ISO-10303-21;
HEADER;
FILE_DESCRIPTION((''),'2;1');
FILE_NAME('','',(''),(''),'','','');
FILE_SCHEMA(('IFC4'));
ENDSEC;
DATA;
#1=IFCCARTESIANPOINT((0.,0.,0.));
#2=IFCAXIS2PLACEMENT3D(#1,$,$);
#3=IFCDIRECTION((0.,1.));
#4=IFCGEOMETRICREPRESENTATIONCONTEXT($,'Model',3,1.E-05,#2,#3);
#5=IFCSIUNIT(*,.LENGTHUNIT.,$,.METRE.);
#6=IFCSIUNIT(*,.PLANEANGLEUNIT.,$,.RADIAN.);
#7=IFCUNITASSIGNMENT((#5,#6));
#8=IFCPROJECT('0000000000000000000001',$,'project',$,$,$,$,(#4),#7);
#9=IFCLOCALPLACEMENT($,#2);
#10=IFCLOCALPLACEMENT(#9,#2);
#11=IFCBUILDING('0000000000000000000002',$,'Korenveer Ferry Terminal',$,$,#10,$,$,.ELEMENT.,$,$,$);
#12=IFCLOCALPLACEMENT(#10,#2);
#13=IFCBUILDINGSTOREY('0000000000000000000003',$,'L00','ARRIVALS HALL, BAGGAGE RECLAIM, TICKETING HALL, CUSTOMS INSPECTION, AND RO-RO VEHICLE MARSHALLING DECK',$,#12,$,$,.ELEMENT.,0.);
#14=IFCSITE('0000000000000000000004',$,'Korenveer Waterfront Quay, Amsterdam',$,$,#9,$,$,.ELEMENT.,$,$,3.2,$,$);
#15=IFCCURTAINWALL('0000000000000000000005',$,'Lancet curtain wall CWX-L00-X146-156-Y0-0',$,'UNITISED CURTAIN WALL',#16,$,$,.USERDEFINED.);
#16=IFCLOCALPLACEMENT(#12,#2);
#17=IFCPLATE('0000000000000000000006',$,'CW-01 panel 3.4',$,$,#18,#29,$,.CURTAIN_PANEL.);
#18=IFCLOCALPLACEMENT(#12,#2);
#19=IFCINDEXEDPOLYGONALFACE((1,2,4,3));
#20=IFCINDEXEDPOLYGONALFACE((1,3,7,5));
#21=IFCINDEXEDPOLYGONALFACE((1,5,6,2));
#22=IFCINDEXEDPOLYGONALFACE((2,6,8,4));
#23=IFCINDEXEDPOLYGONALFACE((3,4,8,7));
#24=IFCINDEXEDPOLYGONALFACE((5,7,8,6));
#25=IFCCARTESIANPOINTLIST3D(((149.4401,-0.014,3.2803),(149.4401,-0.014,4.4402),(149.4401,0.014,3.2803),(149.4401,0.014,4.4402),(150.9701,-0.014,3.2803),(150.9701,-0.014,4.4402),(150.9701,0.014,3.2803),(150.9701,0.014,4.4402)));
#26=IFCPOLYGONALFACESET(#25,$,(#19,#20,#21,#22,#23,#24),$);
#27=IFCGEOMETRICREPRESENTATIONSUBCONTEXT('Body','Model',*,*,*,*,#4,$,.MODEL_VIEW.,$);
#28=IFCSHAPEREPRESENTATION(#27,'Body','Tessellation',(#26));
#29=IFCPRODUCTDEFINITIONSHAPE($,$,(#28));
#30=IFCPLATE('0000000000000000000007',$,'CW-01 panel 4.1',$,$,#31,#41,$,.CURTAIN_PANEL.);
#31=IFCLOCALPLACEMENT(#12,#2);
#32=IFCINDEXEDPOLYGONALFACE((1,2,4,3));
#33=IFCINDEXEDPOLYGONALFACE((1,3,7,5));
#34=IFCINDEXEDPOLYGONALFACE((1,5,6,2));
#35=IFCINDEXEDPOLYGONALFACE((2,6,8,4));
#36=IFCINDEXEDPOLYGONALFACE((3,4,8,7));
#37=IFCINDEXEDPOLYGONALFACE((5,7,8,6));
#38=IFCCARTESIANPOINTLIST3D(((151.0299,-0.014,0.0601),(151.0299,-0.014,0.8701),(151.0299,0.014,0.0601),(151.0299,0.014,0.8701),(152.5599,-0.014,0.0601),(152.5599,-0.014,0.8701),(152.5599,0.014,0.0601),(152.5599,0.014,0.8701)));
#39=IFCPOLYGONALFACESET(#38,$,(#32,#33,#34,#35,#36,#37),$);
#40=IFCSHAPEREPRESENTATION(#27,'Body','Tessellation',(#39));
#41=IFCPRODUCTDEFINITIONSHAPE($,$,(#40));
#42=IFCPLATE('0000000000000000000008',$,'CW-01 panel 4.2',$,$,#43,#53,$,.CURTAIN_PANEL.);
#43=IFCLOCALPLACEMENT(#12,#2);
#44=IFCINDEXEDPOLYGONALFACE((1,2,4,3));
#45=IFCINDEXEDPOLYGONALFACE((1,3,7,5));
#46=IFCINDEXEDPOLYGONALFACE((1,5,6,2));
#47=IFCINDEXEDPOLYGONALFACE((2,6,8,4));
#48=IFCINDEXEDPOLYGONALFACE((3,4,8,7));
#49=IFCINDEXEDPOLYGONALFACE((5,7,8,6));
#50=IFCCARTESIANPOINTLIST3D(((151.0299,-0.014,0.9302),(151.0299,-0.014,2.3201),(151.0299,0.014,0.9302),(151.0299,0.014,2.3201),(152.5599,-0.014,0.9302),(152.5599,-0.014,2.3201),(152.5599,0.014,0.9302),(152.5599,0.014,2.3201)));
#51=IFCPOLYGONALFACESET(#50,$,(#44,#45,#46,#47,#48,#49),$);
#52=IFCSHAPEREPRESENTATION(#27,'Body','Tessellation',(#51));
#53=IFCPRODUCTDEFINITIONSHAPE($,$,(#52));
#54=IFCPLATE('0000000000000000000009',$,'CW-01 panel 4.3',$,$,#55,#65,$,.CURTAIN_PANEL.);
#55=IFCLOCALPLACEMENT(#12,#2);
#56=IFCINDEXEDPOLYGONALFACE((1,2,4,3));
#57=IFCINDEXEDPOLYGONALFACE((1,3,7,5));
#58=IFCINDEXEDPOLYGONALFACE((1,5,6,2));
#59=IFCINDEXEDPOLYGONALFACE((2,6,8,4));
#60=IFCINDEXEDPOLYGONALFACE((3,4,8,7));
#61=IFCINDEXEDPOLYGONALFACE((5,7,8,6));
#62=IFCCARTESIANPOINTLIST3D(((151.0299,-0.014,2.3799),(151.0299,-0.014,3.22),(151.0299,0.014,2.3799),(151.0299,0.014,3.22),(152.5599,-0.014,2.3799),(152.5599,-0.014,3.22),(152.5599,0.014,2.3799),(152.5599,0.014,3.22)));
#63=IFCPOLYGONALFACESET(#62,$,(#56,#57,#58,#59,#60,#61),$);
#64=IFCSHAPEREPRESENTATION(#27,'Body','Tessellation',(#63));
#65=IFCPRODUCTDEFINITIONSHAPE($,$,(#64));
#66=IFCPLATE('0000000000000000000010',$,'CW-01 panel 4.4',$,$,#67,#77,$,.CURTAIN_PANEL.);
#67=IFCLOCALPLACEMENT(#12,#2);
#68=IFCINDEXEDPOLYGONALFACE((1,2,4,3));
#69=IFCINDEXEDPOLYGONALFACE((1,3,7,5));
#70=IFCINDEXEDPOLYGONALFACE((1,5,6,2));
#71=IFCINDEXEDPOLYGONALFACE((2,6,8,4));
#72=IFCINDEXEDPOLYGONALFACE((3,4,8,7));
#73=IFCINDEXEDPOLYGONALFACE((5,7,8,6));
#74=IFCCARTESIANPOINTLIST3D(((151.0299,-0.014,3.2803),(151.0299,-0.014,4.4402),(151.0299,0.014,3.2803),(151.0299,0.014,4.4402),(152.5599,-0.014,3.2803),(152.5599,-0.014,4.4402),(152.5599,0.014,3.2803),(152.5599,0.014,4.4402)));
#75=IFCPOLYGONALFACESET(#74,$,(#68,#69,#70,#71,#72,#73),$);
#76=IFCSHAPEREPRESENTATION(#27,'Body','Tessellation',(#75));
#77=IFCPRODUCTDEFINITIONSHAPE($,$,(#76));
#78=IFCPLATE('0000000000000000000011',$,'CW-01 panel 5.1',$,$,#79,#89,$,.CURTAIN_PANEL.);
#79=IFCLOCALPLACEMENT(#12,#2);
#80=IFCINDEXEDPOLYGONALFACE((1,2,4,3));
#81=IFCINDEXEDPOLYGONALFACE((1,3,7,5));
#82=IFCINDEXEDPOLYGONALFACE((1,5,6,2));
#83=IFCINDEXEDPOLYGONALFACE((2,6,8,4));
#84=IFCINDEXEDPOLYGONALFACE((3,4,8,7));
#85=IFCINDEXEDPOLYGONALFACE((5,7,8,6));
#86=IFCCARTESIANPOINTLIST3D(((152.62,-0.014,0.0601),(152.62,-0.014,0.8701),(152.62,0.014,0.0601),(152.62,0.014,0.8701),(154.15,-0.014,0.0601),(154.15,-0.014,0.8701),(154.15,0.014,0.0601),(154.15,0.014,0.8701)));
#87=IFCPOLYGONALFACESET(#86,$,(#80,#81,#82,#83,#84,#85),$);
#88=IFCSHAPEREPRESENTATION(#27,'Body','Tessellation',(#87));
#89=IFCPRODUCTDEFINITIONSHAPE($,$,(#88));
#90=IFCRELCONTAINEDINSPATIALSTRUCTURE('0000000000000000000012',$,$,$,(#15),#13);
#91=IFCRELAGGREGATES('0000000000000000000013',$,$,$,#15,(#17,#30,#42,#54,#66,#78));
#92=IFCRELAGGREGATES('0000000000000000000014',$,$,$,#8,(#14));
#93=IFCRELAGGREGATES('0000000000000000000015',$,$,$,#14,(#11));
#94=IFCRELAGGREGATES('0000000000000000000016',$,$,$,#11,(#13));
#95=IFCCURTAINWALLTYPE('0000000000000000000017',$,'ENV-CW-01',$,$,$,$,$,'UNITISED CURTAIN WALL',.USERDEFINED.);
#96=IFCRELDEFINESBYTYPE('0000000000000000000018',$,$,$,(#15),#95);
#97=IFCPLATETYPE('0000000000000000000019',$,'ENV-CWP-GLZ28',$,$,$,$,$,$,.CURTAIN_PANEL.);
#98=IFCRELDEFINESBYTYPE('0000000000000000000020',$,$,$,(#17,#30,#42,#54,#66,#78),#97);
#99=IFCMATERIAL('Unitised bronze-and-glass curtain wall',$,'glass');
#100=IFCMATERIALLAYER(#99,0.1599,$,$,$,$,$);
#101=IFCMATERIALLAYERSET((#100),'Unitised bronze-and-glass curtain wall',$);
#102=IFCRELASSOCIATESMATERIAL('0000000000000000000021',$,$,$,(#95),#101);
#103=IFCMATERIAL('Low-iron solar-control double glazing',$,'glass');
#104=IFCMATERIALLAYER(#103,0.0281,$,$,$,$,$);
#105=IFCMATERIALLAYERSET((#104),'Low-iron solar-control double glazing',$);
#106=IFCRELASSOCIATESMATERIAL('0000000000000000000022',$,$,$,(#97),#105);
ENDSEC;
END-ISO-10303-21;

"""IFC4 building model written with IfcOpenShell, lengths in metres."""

from ifc_helpers import new_model, si_unit, direction, frame, origin, origin_2d, place, context, subcontext, project, spatial, rectangle, extrude, material, layer, layer_set, type_object, element, aggregate, save


model = new_model("IFC4")

# Units and contexts
model_context = context("Model", 3, precision=1e-05, world=origin(), true_north=direction((0.0, 1.0)))
body_context = subcontext(model_context, "Body", "Model", "MODEL_VIEW")
ifc_project = project(units=[si_unit("LENGTHUNIT", "METRE"), si_unit("PLANEANGLEUNIT", "RADIAN")], contexts=[model_context])

# Site, building, storey
site_placement = place(None, origin())
site = spatial("IfcSite", under=ifc_project, at=site_placement, Name="Korenveer Waterfront Quay, Amsterdam", CompositionType="ELEMENT", RefElevation=3.2)
building_placement = place(site_placement, origin())
building = spatial("IfcBuilding", under=site, at=building_placement, Name="Korenveer Ferry Terminal", CompositionType="ELEMENT")
storey_placement = place(building_placement, origin())
storey = spatial("IfcBuildingStorey", under=building, at=storey_placement, Name="L00", Description="ARRIVALS HALL, BAGGAGE RECLAIM, TICKETING HALL, CUSTOMS INSPECTION, AND RO-RO VEHICLE MARSHALLING DECK", CompositionType="ELEMENT", Elevation=0.0)

# Curtain wall, plates
ifc_material_1 = material(Name="Unitised bronze-and-glass curtain wall", Category="glass")
ifc_layer_1 = layer(ifc_material_1, 0.1599)
ifc_layer_set_1 = layer_set([ifc_layer_1], Name="Unitised bronze-and-glass curtain wall")
curtain_wall_type = type_object("IfcCurtainWallType", Name="ENV-CW-01", ElementType="UNITISED CURTAIN WALL", PredefinedType="USERDEFINED", material=ifc_layer_set_1)
curtain_wall_placement = place(storey_placement, frame((146.23, 0.0, 0.0)))
curtain_wall = element("IfcCurtainWall", 1, at=curtain_wall_placement, inside=storey, type_object=curtain_wall_type, Name="Lancet curtain wall CWX-L00-X146-156-Y0-0", ObjectType="UNITISED CURTAIN WALL", PredefinedType="USERDEFINED")
ifc_material_2 = material(Name="Low-iron solar-control double glazing", Category="glass")
ifc_layer_2 = layer(ifc_material_2, 0.0281)
ifc_layer_set_2 = layer_set([ifc_layer_2], Name="Low-iron solar-control double glazing")
plate_type = type_object("IfcPlateType", Name="ENV-CWP-GLZ28", PredefinedType="CURTAIN_PANEL", material=ifc_layer_set_2)
plate_1_placement = place(storey_placement, frame((150.2051, 0.0, 3.2803), z_axis=(0.0, 0.0, 1.0), x_axis=(1.0, 0.0, 0.0)))
plate_1 = element("IfcPlate", 2, at=plate_1_placement, type_object=plate_type, Name="CW-01 panel 3.4", PredefinedType="CURTAIN_PANEL", context=body_context, shape_type="SweptSolid", body=[
    extrude(rectangle(XDim=1.53, YDim=0.0281, at=origin_2d()), origin(), (0.0, 0.0, 1.0), 1.1599),
])
plate_2_placement = place(storey_placement, frame((151.7949, 0.0, 0.0601), z_axis=(0.0, 0.0, 1.0), x_axis=(1.0, 0.0, 0.0)))
plate_2 = element("IfcPlate", 3, at=plate_2_placement, type_object=plate_type, Name="CW-01 panel 4.1", PredefinedType="CURTAIN_PANEL", context=body_context, shape_type="SweptSolid", body=[
    extrude(rectangle(XDim=1.53, YDim=0.0281, at=origin_2d()), origin(), (0.0, 0.0, 1.0), 0.8101),
])
plate_3_placement = place(storey_placement, frame((151.7949, 0.0, 0.9302), z_axis=(0.0, 0.0, 1.0), x_axis=(1.0, 0.0, 0.0)))
plate_3 = element("IfcPlate", 4, at=plate_3_placement, type_object=plate_type, Name="CW-01 panel 4.2", PredefinedType="CURTAIN_PANEL", context=body_context, shape_type="SweptSolid", body=[
    extrude(rectangle(XDim=1.53, YDim=0.0281, at=origin_2d()), origin(), (0.0, 0.0, 1.0), 1.3899),
])
plate_4_placement = place(storey_placement, frame((151.7949, 0.0, 2.3799), z_axis=(0.0, 0.0, 1.0), x_axis=(1.0, 0.0, 0.0)))
plate_4 = element("IfcPlate", 5, at=plate_4_placement, type_object=plate_type, Name="CW-01 panel 4.3", PredefinedType="CURTAIN_PANEL", context=body_context, shape_type="SweptSolid", body=[
    extrude(rectangle(XDim=1.53, YDim=0.0281, at=origin_2d()), origin(), (0.0, 0.0, 1.0), 0.8401),
])
plate_5_placement = place(storey_placement, frame((151.7949, 0.0, 3.2803), z_axis=(0.0, 0.0, 1.0), x_axis=(1.0, 0.0, 0.0)))
plate_5 = element("IfcPlate", 6, at=plate_5_placement, type_object=plate_type, Name="CW-01 panel 4.4", PredefinedType="CURTAIN_PANEL", context=body_context, shape_type="SweptSolid", body=[
    extrude(rectangle(XDim=1.53, YDim=0.0281, at=origin_2d()), origin(), (0.0, 0.0, 1.0), 1.1599),
])
plate_6_placement = place(storey_placement, frame((153.385, 0.0, 0.0601), z_axis=(0.0, 0.0, 1.0), x_axis=(1.0, 0.0, 0.0)))
plate_6 = element("IfcPlate", 7, at=plate_6_placement, type_object=plate_type, Name="CW-01 panel 5.1", PredefinedType="CURTAIN_PANEL", context=body_context, shape_type="SweptSolid", body=[
    extrude(rectangle(XDim=1.53, YDim=0.0281, at=origin_2d()), origin(), (0.0, 0.0, 1.0), 0.8101),
])
aggregate(curtain_wall, [plate_1, plate_2, plate_3, plate_4, plate_5, plate_6])

save(model, "model.ifc")
